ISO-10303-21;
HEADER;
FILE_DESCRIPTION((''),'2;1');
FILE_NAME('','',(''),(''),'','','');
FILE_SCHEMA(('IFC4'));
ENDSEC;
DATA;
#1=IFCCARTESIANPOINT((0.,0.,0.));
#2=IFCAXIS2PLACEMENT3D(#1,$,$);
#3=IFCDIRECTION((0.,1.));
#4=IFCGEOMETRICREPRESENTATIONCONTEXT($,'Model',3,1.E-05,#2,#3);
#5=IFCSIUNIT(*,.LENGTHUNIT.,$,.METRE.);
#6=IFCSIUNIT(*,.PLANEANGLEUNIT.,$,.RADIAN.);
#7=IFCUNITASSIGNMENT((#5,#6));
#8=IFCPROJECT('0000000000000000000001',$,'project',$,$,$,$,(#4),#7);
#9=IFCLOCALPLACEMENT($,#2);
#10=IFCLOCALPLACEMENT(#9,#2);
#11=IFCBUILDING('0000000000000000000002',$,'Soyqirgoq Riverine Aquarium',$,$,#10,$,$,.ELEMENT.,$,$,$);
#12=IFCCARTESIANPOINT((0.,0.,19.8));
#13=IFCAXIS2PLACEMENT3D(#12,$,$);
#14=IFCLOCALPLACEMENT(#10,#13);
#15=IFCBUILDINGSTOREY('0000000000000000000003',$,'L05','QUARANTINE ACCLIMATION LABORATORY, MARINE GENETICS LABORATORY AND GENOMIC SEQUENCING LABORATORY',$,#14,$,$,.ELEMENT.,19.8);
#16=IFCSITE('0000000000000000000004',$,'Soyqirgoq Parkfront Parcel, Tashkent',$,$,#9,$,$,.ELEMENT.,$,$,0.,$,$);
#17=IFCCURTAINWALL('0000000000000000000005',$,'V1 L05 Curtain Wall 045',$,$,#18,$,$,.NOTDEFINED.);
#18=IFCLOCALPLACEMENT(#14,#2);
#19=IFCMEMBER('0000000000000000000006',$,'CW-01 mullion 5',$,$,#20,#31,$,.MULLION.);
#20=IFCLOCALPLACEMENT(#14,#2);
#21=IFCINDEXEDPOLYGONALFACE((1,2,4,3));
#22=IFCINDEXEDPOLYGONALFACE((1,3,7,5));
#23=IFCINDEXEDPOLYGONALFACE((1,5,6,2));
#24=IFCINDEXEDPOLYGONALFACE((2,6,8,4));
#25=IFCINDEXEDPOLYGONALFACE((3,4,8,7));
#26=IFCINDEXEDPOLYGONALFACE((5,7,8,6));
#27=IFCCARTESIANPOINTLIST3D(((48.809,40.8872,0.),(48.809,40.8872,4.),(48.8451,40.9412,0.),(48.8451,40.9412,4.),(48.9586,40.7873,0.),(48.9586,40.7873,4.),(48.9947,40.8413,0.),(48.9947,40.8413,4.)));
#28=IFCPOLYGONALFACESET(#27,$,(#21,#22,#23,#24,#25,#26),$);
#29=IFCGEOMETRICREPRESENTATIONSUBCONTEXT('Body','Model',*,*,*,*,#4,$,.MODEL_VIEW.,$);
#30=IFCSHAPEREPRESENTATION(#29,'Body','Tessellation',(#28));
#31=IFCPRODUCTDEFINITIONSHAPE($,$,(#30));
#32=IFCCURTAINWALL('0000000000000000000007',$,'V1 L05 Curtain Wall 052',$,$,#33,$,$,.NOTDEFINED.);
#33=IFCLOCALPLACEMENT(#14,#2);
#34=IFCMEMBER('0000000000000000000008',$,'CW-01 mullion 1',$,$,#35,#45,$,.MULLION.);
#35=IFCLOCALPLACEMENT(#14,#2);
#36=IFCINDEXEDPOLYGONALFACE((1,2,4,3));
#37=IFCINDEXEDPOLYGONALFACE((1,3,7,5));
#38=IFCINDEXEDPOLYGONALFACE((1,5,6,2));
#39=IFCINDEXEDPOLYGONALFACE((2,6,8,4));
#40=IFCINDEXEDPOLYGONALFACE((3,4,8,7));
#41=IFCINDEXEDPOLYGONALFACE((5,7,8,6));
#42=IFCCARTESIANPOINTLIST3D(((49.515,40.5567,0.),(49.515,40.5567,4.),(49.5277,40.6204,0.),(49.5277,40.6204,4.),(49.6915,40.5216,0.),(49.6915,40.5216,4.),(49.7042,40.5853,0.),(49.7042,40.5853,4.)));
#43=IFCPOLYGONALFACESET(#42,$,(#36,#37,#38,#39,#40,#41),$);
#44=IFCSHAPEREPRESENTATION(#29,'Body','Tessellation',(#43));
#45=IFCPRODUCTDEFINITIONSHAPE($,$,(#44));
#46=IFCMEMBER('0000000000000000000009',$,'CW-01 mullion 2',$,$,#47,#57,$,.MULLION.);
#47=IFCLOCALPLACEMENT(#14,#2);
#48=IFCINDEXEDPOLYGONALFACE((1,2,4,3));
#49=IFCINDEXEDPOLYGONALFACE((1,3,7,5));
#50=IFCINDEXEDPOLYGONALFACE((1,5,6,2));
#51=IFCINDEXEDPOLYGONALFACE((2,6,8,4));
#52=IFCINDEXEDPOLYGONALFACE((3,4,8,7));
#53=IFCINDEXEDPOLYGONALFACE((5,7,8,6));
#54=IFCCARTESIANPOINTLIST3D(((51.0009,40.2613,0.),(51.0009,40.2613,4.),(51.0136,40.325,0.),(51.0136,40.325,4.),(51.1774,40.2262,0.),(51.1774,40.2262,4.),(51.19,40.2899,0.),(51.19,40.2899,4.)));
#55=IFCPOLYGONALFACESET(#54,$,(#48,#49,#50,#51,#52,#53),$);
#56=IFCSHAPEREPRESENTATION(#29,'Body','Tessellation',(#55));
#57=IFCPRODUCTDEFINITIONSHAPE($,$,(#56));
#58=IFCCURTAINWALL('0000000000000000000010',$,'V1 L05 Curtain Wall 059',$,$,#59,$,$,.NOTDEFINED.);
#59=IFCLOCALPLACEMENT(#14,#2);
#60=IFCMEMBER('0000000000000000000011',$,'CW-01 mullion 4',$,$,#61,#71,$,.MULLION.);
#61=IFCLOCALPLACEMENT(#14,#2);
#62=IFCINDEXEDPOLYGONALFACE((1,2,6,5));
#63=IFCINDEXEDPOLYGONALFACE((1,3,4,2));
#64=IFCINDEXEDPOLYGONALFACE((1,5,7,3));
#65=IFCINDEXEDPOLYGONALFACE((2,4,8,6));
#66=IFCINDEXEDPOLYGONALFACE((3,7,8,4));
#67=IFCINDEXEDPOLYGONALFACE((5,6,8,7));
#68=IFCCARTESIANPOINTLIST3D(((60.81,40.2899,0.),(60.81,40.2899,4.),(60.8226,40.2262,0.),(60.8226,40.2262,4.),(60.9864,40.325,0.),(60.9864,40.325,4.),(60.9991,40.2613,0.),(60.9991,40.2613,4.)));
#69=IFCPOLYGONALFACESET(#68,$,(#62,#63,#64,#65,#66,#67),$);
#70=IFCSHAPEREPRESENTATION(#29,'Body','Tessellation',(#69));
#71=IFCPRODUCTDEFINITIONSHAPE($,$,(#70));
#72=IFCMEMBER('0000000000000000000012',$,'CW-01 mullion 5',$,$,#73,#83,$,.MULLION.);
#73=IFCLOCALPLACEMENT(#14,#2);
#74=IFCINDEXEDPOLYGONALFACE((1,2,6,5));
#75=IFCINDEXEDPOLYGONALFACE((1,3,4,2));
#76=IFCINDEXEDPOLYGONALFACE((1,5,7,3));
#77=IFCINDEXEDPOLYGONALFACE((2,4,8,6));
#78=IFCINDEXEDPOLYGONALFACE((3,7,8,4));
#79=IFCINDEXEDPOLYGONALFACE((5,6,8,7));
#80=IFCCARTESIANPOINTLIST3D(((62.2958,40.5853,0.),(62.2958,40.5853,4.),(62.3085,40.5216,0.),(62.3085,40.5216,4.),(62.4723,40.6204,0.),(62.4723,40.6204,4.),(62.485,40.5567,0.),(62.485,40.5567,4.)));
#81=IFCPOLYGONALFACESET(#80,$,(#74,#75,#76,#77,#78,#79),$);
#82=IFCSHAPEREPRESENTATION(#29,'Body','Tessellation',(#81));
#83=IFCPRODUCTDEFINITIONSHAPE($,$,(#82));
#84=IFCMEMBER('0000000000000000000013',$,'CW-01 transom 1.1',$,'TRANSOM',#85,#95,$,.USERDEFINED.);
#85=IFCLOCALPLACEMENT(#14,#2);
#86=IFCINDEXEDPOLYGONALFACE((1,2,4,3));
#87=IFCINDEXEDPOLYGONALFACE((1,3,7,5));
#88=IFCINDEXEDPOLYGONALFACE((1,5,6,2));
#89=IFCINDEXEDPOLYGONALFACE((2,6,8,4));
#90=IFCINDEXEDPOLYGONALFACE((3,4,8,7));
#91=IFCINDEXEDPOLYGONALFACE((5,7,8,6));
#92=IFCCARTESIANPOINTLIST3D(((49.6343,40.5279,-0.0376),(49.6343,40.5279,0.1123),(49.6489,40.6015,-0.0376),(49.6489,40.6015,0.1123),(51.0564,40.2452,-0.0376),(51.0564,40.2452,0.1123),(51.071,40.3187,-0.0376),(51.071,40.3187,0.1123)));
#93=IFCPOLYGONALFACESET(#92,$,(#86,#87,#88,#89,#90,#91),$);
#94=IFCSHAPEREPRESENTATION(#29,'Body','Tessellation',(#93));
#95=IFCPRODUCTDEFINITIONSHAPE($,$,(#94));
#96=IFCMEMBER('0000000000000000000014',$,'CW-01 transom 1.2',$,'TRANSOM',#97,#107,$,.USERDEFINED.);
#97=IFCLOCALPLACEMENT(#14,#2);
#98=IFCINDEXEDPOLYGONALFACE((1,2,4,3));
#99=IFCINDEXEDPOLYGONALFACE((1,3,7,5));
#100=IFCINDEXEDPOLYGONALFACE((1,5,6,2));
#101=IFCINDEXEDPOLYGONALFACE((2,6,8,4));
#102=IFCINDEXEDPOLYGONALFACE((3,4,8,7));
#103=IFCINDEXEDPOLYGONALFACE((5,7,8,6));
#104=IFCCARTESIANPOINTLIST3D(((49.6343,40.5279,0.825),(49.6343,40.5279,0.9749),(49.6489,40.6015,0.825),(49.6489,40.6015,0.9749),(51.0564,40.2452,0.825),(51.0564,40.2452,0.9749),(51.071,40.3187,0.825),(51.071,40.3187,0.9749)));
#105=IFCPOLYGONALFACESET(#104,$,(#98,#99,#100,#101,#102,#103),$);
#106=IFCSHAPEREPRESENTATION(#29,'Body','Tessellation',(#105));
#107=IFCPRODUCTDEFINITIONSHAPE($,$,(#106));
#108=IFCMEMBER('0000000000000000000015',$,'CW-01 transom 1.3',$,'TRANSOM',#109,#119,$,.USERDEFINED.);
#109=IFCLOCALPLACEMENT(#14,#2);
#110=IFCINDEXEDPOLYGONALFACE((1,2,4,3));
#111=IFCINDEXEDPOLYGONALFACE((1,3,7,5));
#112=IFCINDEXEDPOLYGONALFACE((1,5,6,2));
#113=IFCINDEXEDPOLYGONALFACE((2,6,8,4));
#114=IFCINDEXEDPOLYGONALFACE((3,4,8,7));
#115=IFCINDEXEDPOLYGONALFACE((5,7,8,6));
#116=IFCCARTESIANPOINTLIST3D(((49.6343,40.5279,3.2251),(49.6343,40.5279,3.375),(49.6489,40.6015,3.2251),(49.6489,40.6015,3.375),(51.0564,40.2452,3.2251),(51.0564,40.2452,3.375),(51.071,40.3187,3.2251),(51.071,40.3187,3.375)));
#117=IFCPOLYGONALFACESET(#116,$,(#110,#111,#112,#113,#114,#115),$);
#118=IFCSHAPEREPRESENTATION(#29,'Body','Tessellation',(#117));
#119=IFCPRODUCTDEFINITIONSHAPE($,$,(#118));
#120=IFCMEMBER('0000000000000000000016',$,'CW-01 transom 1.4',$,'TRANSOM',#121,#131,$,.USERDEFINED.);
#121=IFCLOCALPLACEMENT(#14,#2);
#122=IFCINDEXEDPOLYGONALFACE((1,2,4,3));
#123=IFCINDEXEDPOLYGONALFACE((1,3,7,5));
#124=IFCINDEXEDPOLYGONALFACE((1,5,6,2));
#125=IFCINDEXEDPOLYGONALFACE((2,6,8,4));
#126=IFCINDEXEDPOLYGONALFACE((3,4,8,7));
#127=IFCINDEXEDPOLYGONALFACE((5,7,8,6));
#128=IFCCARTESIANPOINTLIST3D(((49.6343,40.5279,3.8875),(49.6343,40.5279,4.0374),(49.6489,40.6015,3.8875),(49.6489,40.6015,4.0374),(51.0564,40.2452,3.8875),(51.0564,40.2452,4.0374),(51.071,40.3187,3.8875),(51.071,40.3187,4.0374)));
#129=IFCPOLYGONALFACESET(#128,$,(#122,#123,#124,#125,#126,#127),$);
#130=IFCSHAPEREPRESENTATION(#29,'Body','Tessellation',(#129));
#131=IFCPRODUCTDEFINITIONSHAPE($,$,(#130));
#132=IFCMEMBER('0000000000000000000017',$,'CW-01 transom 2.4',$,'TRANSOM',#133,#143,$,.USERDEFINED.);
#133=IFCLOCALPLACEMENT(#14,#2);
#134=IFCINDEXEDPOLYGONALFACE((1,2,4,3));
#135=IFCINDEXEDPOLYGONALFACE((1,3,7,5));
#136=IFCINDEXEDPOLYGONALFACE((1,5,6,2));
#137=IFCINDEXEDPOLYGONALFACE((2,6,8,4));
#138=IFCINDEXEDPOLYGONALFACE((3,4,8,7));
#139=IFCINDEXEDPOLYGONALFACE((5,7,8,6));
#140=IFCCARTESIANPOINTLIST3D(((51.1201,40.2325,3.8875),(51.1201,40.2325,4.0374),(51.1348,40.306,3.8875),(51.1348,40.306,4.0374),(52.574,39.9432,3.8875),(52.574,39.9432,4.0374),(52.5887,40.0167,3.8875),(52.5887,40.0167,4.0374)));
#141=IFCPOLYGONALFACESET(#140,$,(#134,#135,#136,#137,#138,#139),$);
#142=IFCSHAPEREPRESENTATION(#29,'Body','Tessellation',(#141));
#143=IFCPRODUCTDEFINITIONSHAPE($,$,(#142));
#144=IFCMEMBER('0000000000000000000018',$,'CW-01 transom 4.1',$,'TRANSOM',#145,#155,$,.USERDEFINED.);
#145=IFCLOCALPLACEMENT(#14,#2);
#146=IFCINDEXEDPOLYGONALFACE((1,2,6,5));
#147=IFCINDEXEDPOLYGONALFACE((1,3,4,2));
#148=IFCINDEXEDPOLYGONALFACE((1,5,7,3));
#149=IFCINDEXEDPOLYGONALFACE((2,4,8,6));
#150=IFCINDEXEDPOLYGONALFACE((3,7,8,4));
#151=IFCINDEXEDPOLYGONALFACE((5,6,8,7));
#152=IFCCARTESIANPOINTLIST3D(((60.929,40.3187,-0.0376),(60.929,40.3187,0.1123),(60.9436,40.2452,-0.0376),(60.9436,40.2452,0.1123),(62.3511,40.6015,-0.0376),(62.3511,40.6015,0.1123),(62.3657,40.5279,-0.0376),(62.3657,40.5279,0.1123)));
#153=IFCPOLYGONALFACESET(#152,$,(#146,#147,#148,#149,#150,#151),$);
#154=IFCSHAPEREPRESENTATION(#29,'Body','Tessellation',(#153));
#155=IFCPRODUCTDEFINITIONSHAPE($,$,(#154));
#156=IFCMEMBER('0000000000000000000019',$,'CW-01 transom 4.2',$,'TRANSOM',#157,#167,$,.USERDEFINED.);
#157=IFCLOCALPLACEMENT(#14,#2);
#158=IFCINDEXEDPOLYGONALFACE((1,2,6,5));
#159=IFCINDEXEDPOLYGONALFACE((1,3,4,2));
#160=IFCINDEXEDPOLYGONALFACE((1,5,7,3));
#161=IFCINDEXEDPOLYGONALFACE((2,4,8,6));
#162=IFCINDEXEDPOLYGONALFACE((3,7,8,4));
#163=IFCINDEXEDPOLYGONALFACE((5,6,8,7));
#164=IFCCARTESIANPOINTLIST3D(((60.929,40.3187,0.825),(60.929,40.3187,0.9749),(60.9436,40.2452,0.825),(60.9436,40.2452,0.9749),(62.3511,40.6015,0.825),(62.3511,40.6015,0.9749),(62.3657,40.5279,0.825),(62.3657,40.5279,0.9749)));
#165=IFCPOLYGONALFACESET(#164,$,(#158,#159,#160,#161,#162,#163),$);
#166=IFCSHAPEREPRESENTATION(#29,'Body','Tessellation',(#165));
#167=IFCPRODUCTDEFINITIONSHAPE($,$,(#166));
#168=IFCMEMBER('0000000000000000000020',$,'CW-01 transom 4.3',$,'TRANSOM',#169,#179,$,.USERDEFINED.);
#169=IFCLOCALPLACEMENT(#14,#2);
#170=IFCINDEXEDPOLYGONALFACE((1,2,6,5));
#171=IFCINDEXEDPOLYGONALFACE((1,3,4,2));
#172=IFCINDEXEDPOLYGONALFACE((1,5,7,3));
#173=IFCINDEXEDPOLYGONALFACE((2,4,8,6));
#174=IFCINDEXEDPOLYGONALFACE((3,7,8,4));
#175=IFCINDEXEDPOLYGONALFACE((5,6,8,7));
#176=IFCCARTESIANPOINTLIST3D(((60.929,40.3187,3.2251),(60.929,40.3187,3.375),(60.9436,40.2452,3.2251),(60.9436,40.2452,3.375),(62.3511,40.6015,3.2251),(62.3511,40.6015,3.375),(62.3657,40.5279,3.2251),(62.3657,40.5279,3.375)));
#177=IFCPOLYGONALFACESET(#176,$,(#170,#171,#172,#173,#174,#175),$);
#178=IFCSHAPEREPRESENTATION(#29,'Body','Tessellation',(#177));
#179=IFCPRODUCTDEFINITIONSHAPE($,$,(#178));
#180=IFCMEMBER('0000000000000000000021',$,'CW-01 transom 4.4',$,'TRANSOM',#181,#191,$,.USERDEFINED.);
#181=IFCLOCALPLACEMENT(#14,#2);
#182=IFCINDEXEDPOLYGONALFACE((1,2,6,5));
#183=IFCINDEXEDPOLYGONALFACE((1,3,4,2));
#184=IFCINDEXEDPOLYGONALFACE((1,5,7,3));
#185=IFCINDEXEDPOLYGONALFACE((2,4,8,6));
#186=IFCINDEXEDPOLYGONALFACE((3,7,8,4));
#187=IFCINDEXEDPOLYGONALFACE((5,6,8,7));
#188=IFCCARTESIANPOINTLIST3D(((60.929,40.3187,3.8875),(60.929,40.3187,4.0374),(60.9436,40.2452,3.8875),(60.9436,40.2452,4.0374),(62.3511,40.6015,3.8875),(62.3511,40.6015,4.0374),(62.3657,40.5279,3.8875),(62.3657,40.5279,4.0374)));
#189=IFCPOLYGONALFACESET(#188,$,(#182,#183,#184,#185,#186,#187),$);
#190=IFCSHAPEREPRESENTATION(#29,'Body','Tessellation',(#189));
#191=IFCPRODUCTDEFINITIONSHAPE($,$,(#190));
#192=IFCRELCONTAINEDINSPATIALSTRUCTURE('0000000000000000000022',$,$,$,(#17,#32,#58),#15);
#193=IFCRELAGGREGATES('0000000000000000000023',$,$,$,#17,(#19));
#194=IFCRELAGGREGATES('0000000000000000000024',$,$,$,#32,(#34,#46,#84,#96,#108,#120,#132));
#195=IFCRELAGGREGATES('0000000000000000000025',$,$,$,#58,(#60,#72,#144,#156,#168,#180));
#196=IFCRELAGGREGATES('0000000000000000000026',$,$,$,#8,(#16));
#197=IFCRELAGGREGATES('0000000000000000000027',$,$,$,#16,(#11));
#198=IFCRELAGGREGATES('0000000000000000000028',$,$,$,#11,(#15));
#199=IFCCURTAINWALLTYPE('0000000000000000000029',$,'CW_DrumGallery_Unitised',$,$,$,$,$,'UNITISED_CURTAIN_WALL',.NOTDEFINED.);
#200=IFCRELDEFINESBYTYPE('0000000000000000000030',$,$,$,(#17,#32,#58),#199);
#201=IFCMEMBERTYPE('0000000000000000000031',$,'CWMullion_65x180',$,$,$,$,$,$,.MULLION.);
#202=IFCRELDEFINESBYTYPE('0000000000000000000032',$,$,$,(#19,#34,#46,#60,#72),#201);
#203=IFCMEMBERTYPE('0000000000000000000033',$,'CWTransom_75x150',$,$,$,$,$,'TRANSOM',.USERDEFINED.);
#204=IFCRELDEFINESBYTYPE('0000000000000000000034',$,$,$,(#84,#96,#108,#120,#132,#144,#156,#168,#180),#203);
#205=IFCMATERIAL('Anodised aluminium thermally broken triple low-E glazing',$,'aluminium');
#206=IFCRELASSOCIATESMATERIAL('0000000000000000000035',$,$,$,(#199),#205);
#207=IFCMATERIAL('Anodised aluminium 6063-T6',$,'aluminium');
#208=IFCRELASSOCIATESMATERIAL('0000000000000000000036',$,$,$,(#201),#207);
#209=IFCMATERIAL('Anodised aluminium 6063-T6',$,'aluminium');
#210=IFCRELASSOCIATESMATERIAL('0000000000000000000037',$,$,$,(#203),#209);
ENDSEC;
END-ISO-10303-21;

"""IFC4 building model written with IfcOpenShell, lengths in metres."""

from ifc_helpers import new_model, si_unit, direction, frame, origin, origin_2d, place, context, subcontext, project, spatial, rectangle, extrude, material, material_profile, profile_set, type_object, element, aggregate, save


model = new_model("IFC4")

# Units and contexts
model_context = context("Model", 3, precision=1e-05, world=origin(), true_north=direction((0.0, 1.0)))
body_context = subcontext(model_context, "Body", "Model", "MODEL_VIEW")
ifc_project = project(units=[si_unit("LENGTHUNIT", "METRE"), si_unit("PLANEANGLEUNIT", "RADIAN")], contexts=[model_context])

# Site, building, storey
site_placement = place(None, origin())
site = spatial("IfcSite", under=ifc_project, at=site_placement, Name="Soyqirgoq Parkfront Parcel, Tashkent", CompositionType="ELEMENT", RefElevation=0.0)
building_placement = place(site_placement, origin())
building = spatial("IfcBuilding", under=site, at=building_placement, Name="Soyqirgoq Riverine Aquarium", CompositionType="ELEMENT")
storey_placement = place(building_placement, frame((0.0, 0.0, 19.8)))
storey = spatial("IfcBuildingStorey", under=building, at=storey_placement, Name="L05", Description="QUARANTINE ACCLIMATION LABORATORY, MARINE GENETICS LABORATORY AND GENOMIC SEQUENCING LABORATORY", CompositionType="ELEMENT", Elevation=19.8)

# Curtain wall, member
ifc_material_1 = material(Name="Anodised aluminium thermally broken triple low-E glazing", Category="aluminium")
curtain_wall_type = type_object("IfcCurtainWallType", Name="CW_DrumGallery_Unitised", ElementType="UNITISED_CURTAIN_WALL", PredefinedType="NOTDEFINED", material=ifc_material_1)
curtain_wall_1_placement = place(storey_placement, origin())
curtain_wall_1 = element("IfcCurtainWall", 1, at=curtain_wall_1_placement, inside=storey, type_object=curtain_wall_type, Name="V1 L05 Curtain Wall 045", PredefinedType="NOTDEFINED")
ifc_material_2 = material(Name="Anodised aluminium 6063-T6", Category="aluminium")
ifc_material_profile_1 = material_profile(ifc_material_2, rectangle(XDim=0.0649, YDim=0.1799, at=origin_2d()), Name="ALU-M 65x180")
ifc_profile_set_1 = profile_set([ifc_material_profile_1], Name="Anodised aluminium 6063-T6")
member_type_1 = type_object("IfcMemberType", Name="CWMullion_65x180", PredefinedType="MULLION", material=ifc_profile_set_1)
member_1_placement = place(storey_placement, frame((48.9019, 40.8643, 0.0), z_axis=(0.0, 0.0, 1.0), x_axis=(0.555561, 0.831476, 0.0)))
member_1 = element("IfcMember", 2, at=member_1_placement, type_object=member_type_1, Name="CW-01 mullion 5", PredefinedType="MULLION", context=body_context, shape_type="SweptSolid", body=[
    extrude(rectangle(XDim=0.0649, YDim=0.1799, at=origin_2d()), origin(), (0.0, 0.0, 1.0), 4.0),
])

# Curtain walls, members
curtain_wall_2_placement = place(storey_placement, origin())
curtain_wall_2 = element("IfcCurtainWall", 3, at=curtain_wall_2_placement, inside=storey, type_object=curtain_wall_type, Name="V1 L05 Curtain Wall 052", PredefinedType="NOTDEFINED")
member_2_placement = place(storey_placement, frame((49.6096, 40.571, 0.0), z_axis=(0.0, 0.0, 1.0), x_axis=(0.195078, 0.980788, 0.0)))
member_2 = element("IfcMember", 4, at=member_2_placement, type_object=member_type_1, Name="CW-01 mullion 1", PredefinedType="MULLION", context=body_context, shape_type="SweptSolid", body=[
    extrude(rectangle(XDim=0.0649, YDim=0.1799, at=origin_2d()), origin(), (0.0, 0.0, 1.0), 4.0),
])
member_3_placement = place(storey_placement, frame((51.0955, 40.2756, 0.0), z_axis=(0.0, 0.0, 1.0), x_axis=(0.195078, 0.980788, 0.0)))
member_3 = element("IfcMember", 5, at=member_3_placement, type_object=member_type_1, Name="CW-01 mullion 2", PredefinedType="MULLION", context=body_context, shape_type="SweptSolid", body=[
    extrude(rectangle(XDim=0.0649, YDim=0.1799, at=origin_2d()), origin(), (0.0, 0.0, 1.0), 4.0),
])
curtain_wall_3_placement = place(storey_placement, origin())
curtain_wall_3 = element("IfcCurtainWall", 6, at=curtain_wall_3_placement, inside=storey, type_object=curtain_wall_type, Name="V1 L05 Curtain Wall 059", PredefinedType="NOTDEFINED")
member_4_placement = place(storey_placement, frame((60.9045, 40.2756, 0.0), z_axis=(0.0, 0.0, 1.0), x_axis=(-0.195078, 0.980788, 0.0)))
member_4 = element("IfcMember", 7, at=member_4_placement, type_object=member_type_1, Name="CW-01 mullion 4", PredefinedType="MULLION", context=body_context, shape_type="SweptSolid", body=[
    extrude(rectangle(XDim=0.0649, YDim=0.1799, at=origin_2d()), origin(), (0.0, 0.0, 1.0), 4.0),
])
member_5_placement = place(storey_placement, frame((62.3904, 40.571, 0.0), z_axis=(0.0, 0.0, 1.0), x_axis=(-0.195078, 0.980788, 0.0)))
member_5 = element("IfcMember", 8, at=member_5_placement, type_object=member_type_1, Name="CW-01 mullion 5", PredefinedType="MULLION", context=body_context, shape_type="SweptSolid", body=[
    extrude(rectangle(XDim=0.0649, YDim=0.1799, at=origin_2d()), origin(), (0.0, 0.0, 1.0), 4.0),
])

# Members
ifc_material_3 = material(Name="Anodised aluminium 6063-T6", Category="aluminium")
ifc_material_profile_2 = material_profile(ifc_material_3, rectangle(XDim=0.075, YDim=0.1499, at=origin_2d()), Name="ALU-T 75x150")
ifc_profile_set_2 = profile_set([ifc_material_profile_2], Name="Anodised aluminium 6063-T6")
member_type_2 = type_object("IfcMemberType", Name="CWTransom_75x150", ElementType="TRANSOM", PredefinedType="USERDEFINED", material=ifc_profile_set_2)
member_6_placement = place(storey_placement, frame((49.6416, 40.5647, 0.0374), z_axis=(0.980807, -0.194983, 0.0), x_axis=(0.194983, 0.980807, 0.0)))
member_6 = element("IfcMember", 9, at=member_6_placement, type_object=member_type_2, Name="CW-01 transom 1.1", ObjectType="TRANSOM", PredefinedType="USERDEFINED", context=body_context, shape_type="SweptSolid", body=[
    extrude(rectangle(XDim=0.075, YDim=0.1499, at=origin_2d()), origin(), (0.0, 0.0, 1.0), 1.45),
])
member_7_placement = place(storey_placement, frame((49.6416, 40.5647, 0.8999), z_axis=(0.980807, -0.194983, 0.0), x_axis=(0.194983, 0.980807, 0.0)))
member_7 = element("IfcMember", 10, at=member_7_placement, type_object=member_type_2, Name="CW-01 transom 1.2", ObjectType="TRANSOM", PredefinedType="USERDEFINED", context=body_context, shape_type="SweptSolid", body=[
    extrude(rectangle(XDim=0.075, YDim=0.1499, at=origin_2d()), origin(), (0.0, 0.0, 1.0), 1.45),
])
member_8_placement = place(storey_placement, frame((49.6416, 40.5647, 3.3), z_axis=(0.980807, -0.194983, 0.0), x_axis=(0.194983, 0.980807, 0.0)))
member_8 = element("IfcMember", 11, at=member_8_placement, type_object=member_type_2, Name="CW-01 transom 1.3", ObjectType="TRANSOM", PredefinedType="USERDEFINED", context=body_context, shape_type="SweptSolid", body=[
    extrude(rectangle(XDim=0.075, YDim=0.1499, at=origin_2d()), origin(), (0.0, 0.0, 1.0), 1.45),
])
member_9_placement = place(storey_placement, frame((49.6416, 40.5647, 3.9624), z_axis=(0.980807, -0.194983, 0.0), x_axis=(0.194983, 0.980807, 0.0)))
member_9 = element("IfcMember", 12, at=member_9_placement, type_object=member_type_2, Name="CW-01 transom 1.4", ObjectType="TRANSOM", PredefinedType="USERDEFINED", context=body_context, shape_type="SweptSolid", body=[
    extrude(rectangle(XDim=0.075, YDim=0.1499, at=origin_2d()), origin(), (0.0, 0.0, 1.0), 1.45),
])
member_10_placement = place(storey_placement, frame((51.1274, 40.2693, 3.9624), z_axis=(0.98077, -0.195166, 0.0), x_axis=(0.195166, 0.98077, 0.0)))
member_10 = element("IfcMember", 13, at=member_10_placement, type_object=member_type_2, Name="CW-01 transom 2.4", ObjectType="TRANSOM", PredefinedType="USERDEFINED", context=body_context, shape_type="SweptSolid", body=[
    extrude(rectangle(XDim=0.075, YDim=0.1499, at=origin_2d()), origin(), (0.0, 0.0, 1.0), 1.4824),
])
member_11_placement = place(storey_placement, frame((60.9363, 40.282, 0.0374), z_axis=(0.980807, 0.194983, 0.0), x_axis=(-0.194983, 0.980807, 0.0)))
member_11 = element("IfcMember", 14, at=member_11_placement, type_object=member_type_2, Name="CW-01 transom 4.1", ObjectType="TRANSOM", PredefinedType="USERDEFINED", context=body_context, shape_type="SweptSolid", body=[
    extrude(rectangle(XDim=0.075, YDim=0.1499, at=origin_2d()), origin(), (0.0, 0.0, 1.0), 1.45),
])
member_12_placement = place(storey_placement, frame((60.9363, 40.282, 0.8999), z_axis=(0.980807, 0.194983, 0.0), x_axis=(-0.194983, 0.980807, 0.0)))
member_12 = element("IfcMember", 15, at=member_12_placement, type_object=member_type_2, Name="CW-01 transom 4.2", ObjectType="TRANSOM", PredefinedType="USERDEFINED", context=body_context, shape_type="SweptSolid", body=[
    extrude(rectangle(XDim=0.075, YDim=0.1499, at=origin_2d()), origin(), (0.0, 0.0, 1.0), 1.45),
])
member_13_placement = place(storey_placement, frame((60.9363, 40.282, 3.3), z_axis=(0.980807, 0.194983, 0.0), x_axis=(-0.194983, 0.980807, 0.0)))
member_13 = element("IfcMember", 16, at=member_13_placement, type_object=member_type_2, Name="CW-01 transom 4.3", ObjectType="TRANSOM", PredefinedType="USERDEFINED", context=body_context, shape_type="SweptSolid", body=[
    extrude(rectangle(XDim=0.075, YDim=0.1499, at=origin_2d()), origin(), (0.0, 0.0, 1.0), 1.45),
])
member_14_placement = place(storey_placement, frame((60.9363, 40.282, 3.9624), z_axis=(0.980807, 0.194983, 0.0), x_axis=(-0.194983, 0.980807, 0.0)))
member_14 = element("IfcMember", 17, at=member_14_placement, type_object=member_type_2, Name="CW-01 transom 4.4", ObjectType="TRANSOM", PredefinedType="USERDEFINED", context=body_context, shape_type="SweptSolid", body=[
    extrude(rectangle(XDim=0.075, YDim=0.1499, at=origin_2d()), origin(), (0.0, 0.0, 1.0), 1.45),
])

aggregate(curtain_wall_1, [member_1])
aggregate(curtain_wall_2, [member_2, member_3, member_6, member_7, member_8, member_9, member_10])
aggregate(curtain_wall_3, [member_4, member_5, member_11, member_12, member_13, member_14])

save(model, "model.ifc")
